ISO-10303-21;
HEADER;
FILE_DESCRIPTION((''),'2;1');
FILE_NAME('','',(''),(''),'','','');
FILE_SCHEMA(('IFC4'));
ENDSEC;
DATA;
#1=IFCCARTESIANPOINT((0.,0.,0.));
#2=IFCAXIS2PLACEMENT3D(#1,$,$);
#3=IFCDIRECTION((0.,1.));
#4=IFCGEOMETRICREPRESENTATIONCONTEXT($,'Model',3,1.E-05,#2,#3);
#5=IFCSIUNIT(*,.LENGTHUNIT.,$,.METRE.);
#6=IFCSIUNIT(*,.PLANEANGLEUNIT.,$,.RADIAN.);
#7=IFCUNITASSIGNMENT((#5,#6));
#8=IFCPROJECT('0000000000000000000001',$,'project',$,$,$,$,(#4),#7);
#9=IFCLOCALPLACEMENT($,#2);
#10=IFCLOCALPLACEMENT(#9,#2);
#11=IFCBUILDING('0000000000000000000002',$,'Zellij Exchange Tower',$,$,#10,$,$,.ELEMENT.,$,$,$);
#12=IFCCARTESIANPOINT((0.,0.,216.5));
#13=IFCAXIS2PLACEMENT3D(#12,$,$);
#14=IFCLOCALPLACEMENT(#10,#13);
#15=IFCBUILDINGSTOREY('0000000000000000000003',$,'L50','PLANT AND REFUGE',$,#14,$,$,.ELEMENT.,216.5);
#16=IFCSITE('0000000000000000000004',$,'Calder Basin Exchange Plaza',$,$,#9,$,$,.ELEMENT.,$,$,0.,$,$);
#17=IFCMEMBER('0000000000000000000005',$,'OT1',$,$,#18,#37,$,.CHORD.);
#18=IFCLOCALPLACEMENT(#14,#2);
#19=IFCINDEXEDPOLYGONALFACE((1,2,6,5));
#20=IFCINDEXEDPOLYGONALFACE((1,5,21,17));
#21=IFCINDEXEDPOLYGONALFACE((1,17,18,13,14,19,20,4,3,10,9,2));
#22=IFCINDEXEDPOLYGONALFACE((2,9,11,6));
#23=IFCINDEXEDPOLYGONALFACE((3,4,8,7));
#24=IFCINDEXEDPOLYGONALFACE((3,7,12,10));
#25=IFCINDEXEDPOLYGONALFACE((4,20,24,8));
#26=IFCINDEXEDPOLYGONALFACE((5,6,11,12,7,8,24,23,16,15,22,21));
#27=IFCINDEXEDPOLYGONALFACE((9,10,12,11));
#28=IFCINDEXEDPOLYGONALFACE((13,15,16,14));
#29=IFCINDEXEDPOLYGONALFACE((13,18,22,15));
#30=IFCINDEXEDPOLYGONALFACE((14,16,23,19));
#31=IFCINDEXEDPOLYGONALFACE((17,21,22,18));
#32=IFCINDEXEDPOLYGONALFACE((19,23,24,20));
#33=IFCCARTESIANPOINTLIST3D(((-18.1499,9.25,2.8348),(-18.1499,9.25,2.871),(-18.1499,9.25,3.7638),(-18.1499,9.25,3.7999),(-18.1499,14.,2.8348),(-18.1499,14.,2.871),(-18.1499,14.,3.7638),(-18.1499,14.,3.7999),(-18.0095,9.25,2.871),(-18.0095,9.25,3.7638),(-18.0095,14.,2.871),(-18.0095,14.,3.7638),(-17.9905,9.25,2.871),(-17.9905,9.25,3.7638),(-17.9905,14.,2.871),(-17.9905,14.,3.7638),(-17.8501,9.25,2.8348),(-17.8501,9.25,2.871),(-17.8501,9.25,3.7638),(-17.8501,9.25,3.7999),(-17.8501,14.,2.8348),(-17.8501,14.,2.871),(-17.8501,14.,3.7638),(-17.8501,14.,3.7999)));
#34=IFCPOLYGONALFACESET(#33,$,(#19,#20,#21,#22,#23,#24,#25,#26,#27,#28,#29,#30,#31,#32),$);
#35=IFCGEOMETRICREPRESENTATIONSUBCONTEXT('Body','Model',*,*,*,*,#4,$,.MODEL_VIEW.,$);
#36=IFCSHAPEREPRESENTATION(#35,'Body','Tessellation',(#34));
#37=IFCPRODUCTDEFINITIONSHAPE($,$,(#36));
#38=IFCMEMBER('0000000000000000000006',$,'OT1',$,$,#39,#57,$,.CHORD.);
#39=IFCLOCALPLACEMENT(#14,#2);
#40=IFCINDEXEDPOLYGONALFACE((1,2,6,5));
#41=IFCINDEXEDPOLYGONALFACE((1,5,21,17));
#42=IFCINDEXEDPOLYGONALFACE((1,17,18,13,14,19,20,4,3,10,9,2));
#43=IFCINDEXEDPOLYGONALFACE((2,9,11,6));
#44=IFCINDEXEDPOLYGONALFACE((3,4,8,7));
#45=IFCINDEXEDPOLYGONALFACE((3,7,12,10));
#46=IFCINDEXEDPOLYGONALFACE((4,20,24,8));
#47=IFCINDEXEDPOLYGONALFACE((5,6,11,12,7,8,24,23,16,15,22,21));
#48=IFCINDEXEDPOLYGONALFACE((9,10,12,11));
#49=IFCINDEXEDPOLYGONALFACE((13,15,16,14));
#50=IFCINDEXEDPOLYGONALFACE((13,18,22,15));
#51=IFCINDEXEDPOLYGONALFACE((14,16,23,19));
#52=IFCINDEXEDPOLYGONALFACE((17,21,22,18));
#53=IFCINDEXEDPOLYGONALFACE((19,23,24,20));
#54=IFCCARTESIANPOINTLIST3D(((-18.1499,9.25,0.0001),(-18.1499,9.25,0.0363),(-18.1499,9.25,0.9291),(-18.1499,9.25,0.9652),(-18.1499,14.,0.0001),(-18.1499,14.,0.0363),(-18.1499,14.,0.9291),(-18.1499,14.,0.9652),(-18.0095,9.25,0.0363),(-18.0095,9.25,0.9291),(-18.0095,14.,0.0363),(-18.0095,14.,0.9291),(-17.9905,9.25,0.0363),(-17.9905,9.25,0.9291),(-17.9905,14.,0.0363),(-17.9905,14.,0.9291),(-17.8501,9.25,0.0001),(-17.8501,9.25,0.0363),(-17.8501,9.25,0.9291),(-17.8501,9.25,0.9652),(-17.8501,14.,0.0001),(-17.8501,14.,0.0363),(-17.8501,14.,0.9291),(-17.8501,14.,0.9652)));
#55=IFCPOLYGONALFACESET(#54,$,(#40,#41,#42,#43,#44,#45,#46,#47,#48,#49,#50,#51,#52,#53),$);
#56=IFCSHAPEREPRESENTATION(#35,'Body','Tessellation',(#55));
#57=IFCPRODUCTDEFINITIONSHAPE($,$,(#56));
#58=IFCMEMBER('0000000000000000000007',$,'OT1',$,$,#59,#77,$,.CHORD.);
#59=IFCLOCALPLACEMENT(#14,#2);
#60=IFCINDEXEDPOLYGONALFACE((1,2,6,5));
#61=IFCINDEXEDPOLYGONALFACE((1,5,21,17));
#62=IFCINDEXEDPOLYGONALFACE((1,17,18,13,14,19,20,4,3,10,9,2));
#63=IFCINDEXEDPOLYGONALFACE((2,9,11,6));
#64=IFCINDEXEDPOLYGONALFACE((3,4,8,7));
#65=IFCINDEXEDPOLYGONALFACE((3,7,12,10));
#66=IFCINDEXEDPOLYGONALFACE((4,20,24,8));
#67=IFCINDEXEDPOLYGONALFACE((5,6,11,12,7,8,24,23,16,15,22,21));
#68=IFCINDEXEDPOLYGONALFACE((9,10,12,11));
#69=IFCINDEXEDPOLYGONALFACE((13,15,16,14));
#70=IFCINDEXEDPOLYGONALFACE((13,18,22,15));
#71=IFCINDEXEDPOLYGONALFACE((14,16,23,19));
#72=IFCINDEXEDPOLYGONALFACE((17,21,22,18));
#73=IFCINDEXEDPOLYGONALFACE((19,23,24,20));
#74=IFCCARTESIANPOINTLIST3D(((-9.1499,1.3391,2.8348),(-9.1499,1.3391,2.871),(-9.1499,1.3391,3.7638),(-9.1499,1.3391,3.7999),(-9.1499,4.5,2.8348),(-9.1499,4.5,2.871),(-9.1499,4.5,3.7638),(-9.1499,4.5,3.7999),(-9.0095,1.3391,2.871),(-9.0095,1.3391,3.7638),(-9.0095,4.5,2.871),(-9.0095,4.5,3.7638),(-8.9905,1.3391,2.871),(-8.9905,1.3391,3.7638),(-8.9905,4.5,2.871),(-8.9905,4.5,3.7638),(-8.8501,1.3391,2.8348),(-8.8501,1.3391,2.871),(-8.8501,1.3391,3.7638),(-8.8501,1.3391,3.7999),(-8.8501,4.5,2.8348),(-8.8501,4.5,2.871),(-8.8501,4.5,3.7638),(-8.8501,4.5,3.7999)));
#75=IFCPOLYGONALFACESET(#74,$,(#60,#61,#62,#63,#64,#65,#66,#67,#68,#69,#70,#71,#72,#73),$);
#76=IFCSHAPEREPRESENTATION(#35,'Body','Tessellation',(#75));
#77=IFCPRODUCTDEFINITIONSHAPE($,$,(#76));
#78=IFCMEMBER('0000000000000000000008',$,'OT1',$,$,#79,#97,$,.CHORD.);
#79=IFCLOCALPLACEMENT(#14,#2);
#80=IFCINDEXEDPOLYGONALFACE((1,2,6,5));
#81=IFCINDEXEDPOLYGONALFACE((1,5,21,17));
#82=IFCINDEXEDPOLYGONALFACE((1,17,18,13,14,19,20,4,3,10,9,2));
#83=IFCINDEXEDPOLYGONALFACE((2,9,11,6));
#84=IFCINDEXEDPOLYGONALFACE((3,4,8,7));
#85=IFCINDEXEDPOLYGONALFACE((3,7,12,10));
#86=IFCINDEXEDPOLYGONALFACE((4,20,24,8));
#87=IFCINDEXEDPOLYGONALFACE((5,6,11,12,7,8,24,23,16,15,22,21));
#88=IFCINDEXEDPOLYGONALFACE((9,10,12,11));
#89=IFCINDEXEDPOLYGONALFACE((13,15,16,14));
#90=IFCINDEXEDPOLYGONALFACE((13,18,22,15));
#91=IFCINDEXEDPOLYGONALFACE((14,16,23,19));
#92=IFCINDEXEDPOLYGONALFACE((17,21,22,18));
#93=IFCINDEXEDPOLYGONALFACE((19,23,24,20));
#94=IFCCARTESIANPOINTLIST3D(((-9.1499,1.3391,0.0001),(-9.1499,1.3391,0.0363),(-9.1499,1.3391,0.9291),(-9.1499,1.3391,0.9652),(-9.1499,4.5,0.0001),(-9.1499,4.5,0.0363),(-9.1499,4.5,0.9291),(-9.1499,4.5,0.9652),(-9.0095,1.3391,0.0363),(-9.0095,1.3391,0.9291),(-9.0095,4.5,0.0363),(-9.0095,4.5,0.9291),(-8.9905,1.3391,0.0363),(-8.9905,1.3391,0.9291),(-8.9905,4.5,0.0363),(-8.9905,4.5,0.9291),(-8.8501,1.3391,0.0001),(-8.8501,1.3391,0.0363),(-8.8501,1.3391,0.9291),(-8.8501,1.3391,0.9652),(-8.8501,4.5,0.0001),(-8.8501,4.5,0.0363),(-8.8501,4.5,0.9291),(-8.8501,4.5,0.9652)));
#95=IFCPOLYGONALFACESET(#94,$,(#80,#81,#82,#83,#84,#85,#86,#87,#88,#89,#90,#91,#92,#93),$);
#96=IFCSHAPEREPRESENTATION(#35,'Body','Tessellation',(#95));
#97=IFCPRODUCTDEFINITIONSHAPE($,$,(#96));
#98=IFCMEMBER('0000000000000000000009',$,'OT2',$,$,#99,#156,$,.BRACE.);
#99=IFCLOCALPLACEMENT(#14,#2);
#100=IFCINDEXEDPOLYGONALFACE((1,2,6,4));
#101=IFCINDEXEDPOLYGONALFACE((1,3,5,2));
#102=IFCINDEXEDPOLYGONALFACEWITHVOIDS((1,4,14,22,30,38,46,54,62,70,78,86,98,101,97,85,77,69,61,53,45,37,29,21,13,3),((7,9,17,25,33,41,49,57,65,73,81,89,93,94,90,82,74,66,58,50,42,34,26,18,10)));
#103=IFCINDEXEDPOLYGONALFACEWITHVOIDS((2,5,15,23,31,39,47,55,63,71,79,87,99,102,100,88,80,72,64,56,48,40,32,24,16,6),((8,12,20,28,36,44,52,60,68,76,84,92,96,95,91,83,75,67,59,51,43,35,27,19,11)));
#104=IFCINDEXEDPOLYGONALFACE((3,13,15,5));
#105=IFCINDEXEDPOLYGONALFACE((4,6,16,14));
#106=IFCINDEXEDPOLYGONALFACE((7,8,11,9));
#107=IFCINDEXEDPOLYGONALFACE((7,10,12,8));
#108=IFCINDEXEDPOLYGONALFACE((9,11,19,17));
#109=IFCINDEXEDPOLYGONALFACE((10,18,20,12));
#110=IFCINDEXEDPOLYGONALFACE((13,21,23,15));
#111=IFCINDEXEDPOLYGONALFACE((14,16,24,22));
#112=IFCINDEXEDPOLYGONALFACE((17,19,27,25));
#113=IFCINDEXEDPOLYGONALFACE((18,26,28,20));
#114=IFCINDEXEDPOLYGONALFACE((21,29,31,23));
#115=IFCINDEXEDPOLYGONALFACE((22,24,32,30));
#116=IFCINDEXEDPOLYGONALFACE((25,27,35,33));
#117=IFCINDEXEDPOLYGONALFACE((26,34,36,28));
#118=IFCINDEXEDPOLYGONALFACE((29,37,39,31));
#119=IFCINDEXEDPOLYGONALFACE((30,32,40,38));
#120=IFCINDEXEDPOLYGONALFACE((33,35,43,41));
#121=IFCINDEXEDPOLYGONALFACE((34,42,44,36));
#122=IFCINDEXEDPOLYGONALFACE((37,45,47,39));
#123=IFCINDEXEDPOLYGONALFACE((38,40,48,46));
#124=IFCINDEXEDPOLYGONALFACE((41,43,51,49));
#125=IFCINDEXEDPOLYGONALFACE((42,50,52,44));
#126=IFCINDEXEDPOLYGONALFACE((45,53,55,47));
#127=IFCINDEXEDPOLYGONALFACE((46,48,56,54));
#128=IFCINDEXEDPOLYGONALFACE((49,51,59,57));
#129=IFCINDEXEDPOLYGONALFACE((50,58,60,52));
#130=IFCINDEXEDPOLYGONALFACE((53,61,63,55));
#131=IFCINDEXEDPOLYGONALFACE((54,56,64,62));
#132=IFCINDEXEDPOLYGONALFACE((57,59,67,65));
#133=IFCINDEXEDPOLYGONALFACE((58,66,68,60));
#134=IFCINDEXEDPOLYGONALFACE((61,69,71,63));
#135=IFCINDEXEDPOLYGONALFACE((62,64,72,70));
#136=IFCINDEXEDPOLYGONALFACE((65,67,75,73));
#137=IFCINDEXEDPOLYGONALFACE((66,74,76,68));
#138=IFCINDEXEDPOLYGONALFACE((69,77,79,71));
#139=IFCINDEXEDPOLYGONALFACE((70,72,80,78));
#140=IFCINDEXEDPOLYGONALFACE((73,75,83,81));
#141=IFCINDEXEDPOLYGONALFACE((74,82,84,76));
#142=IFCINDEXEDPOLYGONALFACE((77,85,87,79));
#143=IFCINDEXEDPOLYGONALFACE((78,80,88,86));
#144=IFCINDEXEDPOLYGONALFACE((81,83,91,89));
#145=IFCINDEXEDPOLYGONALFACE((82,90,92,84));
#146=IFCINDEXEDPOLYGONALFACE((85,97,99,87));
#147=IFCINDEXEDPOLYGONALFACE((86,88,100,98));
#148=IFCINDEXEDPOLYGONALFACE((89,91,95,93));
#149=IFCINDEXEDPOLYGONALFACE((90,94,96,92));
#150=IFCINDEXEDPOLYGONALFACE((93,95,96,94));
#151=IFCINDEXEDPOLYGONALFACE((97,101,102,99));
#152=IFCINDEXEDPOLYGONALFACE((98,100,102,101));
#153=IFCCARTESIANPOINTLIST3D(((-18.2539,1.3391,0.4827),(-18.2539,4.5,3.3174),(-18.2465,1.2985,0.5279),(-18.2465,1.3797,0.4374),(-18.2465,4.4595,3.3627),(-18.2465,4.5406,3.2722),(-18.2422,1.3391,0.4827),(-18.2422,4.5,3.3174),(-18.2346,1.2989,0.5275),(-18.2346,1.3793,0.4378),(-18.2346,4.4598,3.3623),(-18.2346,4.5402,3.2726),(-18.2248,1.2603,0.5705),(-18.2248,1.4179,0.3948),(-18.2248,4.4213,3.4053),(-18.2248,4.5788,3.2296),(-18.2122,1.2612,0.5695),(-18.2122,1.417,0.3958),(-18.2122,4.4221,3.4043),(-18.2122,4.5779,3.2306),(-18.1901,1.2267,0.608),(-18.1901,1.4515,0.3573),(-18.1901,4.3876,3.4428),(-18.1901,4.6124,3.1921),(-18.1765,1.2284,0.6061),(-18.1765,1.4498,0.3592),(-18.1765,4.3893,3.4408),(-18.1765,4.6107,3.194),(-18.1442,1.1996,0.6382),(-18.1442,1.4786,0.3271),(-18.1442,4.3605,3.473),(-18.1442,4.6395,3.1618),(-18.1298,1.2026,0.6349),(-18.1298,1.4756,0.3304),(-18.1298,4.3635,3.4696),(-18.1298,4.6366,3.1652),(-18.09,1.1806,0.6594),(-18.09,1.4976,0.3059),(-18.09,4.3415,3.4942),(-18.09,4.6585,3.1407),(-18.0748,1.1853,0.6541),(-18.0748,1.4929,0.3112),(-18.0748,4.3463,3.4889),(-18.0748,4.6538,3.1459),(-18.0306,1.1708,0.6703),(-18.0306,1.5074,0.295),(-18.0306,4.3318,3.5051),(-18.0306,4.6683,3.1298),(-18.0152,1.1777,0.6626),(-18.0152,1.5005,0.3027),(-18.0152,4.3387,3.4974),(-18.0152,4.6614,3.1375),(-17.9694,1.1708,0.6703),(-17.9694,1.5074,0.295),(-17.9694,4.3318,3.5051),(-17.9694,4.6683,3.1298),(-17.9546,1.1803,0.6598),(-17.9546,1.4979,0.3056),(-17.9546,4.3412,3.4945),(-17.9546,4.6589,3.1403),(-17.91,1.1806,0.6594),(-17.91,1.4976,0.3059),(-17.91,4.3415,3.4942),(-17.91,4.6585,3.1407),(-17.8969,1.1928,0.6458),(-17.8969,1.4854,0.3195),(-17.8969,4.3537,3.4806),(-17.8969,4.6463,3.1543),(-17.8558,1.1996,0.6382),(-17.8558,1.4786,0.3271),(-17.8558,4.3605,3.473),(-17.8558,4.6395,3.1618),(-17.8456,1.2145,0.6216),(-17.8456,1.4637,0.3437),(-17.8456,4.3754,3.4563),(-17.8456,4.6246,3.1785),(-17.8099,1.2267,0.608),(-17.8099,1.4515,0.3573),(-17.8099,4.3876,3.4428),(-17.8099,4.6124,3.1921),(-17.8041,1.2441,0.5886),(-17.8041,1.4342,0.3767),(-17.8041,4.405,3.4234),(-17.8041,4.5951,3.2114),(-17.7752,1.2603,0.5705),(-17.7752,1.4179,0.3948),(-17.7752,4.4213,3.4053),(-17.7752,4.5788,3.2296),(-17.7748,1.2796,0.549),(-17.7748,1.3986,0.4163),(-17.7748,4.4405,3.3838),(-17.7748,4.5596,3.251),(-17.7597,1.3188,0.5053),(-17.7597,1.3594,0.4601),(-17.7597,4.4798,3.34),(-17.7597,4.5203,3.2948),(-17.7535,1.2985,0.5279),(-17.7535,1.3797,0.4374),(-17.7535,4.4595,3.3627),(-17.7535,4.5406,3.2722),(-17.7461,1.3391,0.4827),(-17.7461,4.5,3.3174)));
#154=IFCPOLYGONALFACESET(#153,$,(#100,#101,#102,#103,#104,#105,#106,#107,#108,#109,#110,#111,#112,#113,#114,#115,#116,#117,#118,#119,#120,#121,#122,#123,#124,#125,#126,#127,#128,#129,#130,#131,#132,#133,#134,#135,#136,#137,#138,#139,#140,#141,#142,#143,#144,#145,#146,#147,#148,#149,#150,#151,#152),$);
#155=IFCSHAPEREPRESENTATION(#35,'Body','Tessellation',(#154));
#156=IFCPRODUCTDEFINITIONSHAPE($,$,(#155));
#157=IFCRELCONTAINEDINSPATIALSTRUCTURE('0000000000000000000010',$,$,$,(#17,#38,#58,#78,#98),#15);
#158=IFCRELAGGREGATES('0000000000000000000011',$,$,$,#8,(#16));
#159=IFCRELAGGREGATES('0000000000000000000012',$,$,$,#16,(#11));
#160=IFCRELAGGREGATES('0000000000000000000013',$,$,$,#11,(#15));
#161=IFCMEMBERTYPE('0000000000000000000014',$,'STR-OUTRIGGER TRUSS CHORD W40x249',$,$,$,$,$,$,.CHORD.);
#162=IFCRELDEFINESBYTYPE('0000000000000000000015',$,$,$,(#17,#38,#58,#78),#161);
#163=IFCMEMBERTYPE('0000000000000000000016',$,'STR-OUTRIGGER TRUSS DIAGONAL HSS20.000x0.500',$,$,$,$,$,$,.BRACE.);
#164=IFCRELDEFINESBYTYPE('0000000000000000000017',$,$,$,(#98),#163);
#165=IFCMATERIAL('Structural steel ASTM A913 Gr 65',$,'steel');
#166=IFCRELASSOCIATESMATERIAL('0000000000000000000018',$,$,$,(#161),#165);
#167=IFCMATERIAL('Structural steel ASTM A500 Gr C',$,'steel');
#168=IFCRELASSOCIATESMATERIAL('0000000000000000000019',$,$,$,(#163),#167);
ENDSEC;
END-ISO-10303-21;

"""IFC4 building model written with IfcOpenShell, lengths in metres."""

from ifc_helpers import new_model, si_unit, direction, frame, origin, origin_2d, place, context, subcontext, project, spatial, hollow_circle, i_section, extrude, material, material_profile, profile_set, type_object, element, save


model = new_model("IFC4")

# Units and contexts
model_context = context("Model", 3, precision=1e-05, world=origin(), true_north=direction((0.0, 1.0)))
body_context = subcontext(model_context, "Body", "Model", "MODEL_VIEW")
ifc_project = project(units=[si_unit("LENGTHUNIT", "METRE"), si_unit("PLANEANGLEUNIT", "RADIAN")], contexts=[model_context])

# Site, building, storey
site_placement = place(None, origin())
site = spatial("IfcSite", under=ifc_project, at=site_placement, Name="Calder Basin Exchange Plaza", CompositionType="ELEMENT", RefElevation=0.0)
building_placement = place(site_placement, origin())
building = spatial("IfcBuilding", under=site, at=building_placement, Name="Zellij Exchange Tower", CompositionType="ELEMENT")
storey_placement = place(building_placement, frame((0.0, 0.0, 216.5)))
storey = spatial("IfcBuildingStorey", under=building, at=storey_placement, Name="L50", Description="PLANT AND REFUGE", CompositionType="ELEMENT", Elevation=216.5)

# Shared definitions
ifc_material_1 = material(Name="Structural steel ASTM A913 Gr 65", Category="steel")

# Members
ifc_material_profile_1 = material_profile(ifc_material_1, i_section(OverallWidth=0.2998, OverallDepth=0.9651, WebThickness=0.019, FlangeThickness=0.0361, at=origin_2d()), Name="W40x249")
ifc_profile_set_1 = profile_set([ifc_material_profile_1], Name="Structural steel ASTM A913 Gr 65")
member_type_1 = type_object("IfcMemberType", Name="STR-OUTRIGGER TRUSS CHORD W40x249", PredefinedType="CHORD", material=ifc_profile_set_1)
for number, where, z_axis, x_axis, name in (
    (1, (-18.0, 9.25, 3.3174), (0.0, 1.0, 0.0), (-1.0, 0.0, 0.0), "OT1"),
    (2, (-18.0, 9.25, 0.4827), (0.0, 1.0, 0.0), (-1.0, 0.0, 0.0), "OT1"),
):
    element("IfcMember", number, at=place(storey_placement, frame(where, z_axis=z_axis, x_axis=x_axis)), inside=storey, type_object=member_type_1, Name=name, PredefinedType="CHORD", context=body_context, shape_type="SweptSolid", body=[
        extrude(i_section(OverallWidth=0.2998, OverallDepth=0.9651, WebThickness=0.019, FlangeThickness=0.0361, at=origin_2d()), origin(), (0.0, 0.0, 1.0), 4.75),
    ])
for number, where, z_axis, x_axis, name in (
    (3, (-9.0, 1.3391, 3.3174), (0.0, 1.0, 0.0), (-1.0, 0.0, 0.0), "OT1"),
    (4, (-9.0, 1.3391, 0.4827), (0.0, 1.0, 0.0), (-1.0, 0.0, 0.0), "OT1"),
):
    element("IfcMember", number, at=place(storey_placement, frame(where, z_axis=z_axis, x_axis=x_axis)), inside=storey, type_object=member_type_1, Name=name, PredefinedType="CHORD", context=body_context, shape_type="SweptSolid", body=[
        extrude(i_section(OverallWidth=0.2998, OverallDepth=0.9651, WebThickness=0.019, FlangeThickness=0.0361, at=origin_2d()), origin(), (0.0, 0.0, 1.0), 3.1609),
    ])
ifc_material_2 = material(Name="Structural steel ASTM A500 Gr C", Category="steel")
ifc_material_profile_2 = material_profile(ifc_material_2, hollow_circle(Radius=0.2539, WallThickness=0.0117, at=origin_2d()), Name="STR-OUTRIGGER TRUSS DIAGONAL HSS20.000x0.500")
ifc_profile_set_2 = profile_set([ifc_material_profile_2], Name="Structural steel ASTM A500 Gr C")
member_type_2 = type_object("IfcMemberType", Name="STR-OUTRIGGER TRUSS DIAGONAL HSS20.000x0.500", PredefinedType="BRACE", material=ifc_profile_set_2)
member_1_placement = place(storey_placement, frame((-18.0, 1.3391, 0.4827), z_axis=(0.0, 0.744474, 0.667652), x_axis=(-1.0, 0.0, 0.0)))
element("IfcMember", 5, at=member_1_placement, inside=storey, type_object=member_type_2, Name="OT2", PredefinedType="BRACE", context=body_context, shape_type="SweptSolid", body=[
    extrude(hollow_circle(Radius=0.2539, WallThickness=0.0117, at=origin_2d()), origin(), (0.0, 0.0, 1.0), 4.2458),
])

save(model, "model.ifc")
